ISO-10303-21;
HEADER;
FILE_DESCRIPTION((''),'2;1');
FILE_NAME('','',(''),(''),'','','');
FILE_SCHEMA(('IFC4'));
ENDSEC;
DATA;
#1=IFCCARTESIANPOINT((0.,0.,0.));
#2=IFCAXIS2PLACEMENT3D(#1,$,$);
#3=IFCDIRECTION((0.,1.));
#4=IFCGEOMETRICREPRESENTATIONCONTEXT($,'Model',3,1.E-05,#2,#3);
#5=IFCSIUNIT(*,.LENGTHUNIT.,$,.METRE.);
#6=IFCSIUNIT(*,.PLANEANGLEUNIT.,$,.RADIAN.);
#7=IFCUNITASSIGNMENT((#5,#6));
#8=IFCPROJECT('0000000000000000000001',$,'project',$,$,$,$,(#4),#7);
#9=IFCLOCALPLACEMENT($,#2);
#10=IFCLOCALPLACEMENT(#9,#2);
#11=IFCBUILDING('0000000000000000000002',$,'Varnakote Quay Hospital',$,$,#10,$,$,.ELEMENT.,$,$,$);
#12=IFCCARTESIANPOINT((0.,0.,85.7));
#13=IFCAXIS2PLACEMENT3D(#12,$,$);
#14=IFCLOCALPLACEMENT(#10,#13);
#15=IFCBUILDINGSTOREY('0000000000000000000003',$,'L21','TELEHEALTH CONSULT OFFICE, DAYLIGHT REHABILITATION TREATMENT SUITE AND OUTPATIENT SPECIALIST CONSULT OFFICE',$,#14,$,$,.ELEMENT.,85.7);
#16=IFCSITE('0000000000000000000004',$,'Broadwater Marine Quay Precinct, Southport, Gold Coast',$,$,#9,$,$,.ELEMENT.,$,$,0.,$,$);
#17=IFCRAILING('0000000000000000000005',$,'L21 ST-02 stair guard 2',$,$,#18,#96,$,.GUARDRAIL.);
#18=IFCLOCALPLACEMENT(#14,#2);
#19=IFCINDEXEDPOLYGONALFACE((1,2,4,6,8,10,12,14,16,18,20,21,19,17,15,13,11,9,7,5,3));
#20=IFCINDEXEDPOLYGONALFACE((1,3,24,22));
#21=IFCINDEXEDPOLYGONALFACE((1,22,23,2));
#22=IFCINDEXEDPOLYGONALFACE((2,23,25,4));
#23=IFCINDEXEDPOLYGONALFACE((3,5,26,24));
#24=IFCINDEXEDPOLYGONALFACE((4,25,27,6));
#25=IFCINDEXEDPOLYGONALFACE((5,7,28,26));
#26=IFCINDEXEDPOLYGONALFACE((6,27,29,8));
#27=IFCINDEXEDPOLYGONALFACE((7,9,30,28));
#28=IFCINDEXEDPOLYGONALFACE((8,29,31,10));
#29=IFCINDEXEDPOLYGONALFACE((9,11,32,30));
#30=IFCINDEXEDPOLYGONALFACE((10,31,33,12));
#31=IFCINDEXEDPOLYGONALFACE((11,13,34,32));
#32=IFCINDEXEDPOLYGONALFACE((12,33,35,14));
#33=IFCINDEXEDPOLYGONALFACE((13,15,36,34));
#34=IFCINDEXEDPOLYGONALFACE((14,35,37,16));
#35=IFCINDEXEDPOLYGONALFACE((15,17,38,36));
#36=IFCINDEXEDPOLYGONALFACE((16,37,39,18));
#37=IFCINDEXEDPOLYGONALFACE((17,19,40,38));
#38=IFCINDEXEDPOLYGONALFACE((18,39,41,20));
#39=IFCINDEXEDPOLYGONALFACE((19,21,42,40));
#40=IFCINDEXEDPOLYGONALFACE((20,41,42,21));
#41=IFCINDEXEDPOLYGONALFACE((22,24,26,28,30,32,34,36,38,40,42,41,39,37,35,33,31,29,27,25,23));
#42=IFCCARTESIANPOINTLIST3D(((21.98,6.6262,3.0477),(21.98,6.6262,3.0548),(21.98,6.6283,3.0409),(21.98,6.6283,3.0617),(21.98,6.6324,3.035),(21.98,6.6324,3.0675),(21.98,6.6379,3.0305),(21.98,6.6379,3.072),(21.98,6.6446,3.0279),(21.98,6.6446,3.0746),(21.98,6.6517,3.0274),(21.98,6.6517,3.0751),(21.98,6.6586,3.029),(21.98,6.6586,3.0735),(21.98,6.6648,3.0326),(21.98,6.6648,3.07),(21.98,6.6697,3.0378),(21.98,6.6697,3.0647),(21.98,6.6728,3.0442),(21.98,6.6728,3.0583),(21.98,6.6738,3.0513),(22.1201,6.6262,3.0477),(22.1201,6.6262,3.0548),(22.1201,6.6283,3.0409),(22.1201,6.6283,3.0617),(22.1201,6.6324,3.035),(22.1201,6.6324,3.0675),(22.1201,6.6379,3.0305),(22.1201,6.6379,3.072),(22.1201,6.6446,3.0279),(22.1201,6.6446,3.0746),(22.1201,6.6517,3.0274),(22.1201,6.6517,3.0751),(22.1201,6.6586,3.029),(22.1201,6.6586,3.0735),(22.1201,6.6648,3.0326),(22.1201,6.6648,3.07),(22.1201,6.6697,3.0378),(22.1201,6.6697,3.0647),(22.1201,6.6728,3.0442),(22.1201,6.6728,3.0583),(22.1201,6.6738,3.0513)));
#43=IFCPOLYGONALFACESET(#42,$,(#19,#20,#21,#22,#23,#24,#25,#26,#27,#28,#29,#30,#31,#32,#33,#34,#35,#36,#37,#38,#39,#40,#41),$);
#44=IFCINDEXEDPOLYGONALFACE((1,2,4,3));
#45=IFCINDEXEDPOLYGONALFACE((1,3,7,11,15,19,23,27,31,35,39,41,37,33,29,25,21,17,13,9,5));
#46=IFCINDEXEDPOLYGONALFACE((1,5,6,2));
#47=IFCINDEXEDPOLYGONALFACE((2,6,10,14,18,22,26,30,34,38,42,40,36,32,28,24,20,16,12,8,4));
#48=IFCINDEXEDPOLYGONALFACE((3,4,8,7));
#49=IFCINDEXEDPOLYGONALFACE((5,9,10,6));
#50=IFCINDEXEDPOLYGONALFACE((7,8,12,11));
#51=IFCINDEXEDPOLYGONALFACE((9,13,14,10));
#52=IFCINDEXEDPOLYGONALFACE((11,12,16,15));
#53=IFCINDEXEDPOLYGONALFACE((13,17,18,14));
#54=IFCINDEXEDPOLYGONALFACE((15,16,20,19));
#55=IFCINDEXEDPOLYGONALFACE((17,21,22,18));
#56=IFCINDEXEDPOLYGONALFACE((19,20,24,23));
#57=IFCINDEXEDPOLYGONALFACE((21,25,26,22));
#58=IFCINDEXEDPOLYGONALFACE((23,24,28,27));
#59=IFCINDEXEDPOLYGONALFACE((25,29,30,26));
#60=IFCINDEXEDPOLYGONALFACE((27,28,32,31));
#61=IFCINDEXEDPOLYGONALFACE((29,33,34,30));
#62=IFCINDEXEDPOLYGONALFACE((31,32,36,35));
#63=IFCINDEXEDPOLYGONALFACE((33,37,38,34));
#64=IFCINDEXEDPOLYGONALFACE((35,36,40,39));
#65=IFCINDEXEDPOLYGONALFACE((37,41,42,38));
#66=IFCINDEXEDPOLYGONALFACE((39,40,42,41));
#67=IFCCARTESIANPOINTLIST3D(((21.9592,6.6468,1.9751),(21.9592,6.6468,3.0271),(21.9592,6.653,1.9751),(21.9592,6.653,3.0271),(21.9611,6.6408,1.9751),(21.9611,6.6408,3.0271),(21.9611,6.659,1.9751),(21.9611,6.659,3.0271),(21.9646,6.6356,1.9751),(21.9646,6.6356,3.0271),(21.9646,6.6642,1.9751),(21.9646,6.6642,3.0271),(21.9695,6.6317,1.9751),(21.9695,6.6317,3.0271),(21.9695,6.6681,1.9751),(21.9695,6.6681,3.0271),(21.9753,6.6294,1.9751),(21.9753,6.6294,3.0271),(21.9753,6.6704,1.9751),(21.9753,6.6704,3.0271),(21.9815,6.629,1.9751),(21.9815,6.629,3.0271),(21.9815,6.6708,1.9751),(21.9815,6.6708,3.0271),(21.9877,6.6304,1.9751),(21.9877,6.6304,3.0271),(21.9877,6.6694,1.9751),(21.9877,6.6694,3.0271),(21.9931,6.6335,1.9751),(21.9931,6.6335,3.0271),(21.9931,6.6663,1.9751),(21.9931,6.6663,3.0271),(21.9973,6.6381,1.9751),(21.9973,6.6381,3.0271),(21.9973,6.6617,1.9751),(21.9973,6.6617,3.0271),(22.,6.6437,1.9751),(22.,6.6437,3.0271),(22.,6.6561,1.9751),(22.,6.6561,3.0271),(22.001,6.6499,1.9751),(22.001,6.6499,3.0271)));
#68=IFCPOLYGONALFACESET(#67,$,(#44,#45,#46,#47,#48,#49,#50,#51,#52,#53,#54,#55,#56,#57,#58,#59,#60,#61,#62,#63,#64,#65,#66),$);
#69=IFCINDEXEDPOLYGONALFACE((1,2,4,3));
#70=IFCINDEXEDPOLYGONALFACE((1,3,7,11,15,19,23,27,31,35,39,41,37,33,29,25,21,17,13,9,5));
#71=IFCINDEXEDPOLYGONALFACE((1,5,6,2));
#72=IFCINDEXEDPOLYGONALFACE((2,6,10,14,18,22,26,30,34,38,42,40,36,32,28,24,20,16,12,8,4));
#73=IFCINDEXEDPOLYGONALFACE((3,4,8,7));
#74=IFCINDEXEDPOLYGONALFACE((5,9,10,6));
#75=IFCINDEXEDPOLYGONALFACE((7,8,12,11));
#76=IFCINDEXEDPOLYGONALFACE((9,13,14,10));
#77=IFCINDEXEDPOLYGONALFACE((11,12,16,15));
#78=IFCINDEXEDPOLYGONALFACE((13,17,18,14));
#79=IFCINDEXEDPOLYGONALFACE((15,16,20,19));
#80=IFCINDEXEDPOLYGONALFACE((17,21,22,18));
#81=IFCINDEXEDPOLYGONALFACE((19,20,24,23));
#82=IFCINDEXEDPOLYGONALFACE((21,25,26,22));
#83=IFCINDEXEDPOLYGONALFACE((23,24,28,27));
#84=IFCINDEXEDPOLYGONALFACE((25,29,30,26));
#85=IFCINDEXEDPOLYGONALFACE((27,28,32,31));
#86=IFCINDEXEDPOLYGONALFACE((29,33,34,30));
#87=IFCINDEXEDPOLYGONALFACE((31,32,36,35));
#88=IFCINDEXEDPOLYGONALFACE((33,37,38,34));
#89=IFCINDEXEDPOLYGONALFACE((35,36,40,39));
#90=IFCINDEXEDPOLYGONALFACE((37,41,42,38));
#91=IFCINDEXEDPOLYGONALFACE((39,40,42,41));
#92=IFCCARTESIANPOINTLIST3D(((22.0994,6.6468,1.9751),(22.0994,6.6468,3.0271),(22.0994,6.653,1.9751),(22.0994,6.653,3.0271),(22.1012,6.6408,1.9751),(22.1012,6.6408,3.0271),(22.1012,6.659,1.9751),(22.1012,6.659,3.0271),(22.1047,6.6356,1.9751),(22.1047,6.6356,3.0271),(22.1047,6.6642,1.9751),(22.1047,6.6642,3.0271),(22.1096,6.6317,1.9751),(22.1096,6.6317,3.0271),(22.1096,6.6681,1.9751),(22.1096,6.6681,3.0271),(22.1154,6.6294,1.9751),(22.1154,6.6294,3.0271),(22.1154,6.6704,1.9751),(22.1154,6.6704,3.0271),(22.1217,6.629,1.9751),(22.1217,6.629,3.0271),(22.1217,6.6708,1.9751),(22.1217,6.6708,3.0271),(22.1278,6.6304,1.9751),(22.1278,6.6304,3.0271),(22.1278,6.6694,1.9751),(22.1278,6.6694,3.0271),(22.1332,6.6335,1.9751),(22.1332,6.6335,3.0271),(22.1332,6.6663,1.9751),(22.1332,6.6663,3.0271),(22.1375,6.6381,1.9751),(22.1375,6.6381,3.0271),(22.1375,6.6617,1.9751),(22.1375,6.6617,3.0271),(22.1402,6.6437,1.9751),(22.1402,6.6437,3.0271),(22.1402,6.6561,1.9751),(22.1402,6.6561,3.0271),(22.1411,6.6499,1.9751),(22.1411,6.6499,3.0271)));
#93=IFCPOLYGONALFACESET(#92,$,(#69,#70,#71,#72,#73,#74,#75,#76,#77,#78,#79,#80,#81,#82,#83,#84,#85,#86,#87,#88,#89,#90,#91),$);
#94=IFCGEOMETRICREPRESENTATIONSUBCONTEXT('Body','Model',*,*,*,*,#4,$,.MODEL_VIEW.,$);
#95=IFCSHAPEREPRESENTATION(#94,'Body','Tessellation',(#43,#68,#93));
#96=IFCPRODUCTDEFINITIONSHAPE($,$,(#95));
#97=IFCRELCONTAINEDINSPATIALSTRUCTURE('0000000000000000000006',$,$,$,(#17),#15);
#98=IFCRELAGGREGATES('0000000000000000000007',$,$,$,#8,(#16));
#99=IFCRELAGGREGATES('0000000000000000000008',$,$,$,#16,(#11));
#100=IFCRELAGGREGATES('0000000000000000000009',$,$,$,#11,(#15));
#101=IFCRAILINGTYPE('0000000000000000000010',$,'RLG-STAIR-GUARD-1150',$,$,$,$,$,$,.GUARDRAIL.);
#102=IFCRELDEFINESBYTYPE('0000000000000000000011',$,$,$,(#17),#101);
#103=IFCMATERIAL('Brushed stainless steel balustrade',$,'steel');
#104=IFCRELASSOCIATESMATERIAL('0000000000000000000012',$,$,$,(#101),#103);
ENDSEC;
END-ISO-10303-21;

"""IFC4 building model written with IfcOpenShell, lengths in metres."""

from ifc_helpers import new_model, si_unit, direction, frame, origin, origin_2d, place, context, subcontext, project, spatial, circle, extrude, material, type_object, element, save


model = new_model("IFC4")

# Units and contexts
model_context = context("Model", 3, precision=1e-05, world=origin(), true_north=direction((0.0, 1.0)))
body_context = subcontext(model_context, "Body", "Model", "MODEL_VIEW")
ifc_project = project(units=[si_unit("LENGTHUNIT", "METRE"), si_unit("PLANEANGLEUNIT", "RADIAN")], contexts=[model_context])

# Site, building, storey
site_placement = place(None, origin())
site = spatial("IfcSite", under=ifc_project, at=site_placement, Name="Broadwater Marine Quay Precinct, Southport, Gold Coast", CompositionType="ELEMENT", RefElevation=0.0)
building_placement = place(site_placement, origin())
building = spatial("IfcBuilding", under=site, at=building_placement, Name="Varnakote Quay Hospital", CompositionType="ELEMENT")
storey_placement = place(building_placement, frame((0.0, 0.0, 85.7)))
storey = spatial("IfcBuildingStorey", under=building, at=storey_placement, Name="L21", Description="TELEHEALTH CONSULT OFFICE, DAYLIGHT REHABILITATION TREATMENT SUITE AND OUTPATIENT SPECIALIST CONSULT OFFICE", CompositionType="ELEMENT", Elevation=85.7)

# Railing
ifc_material_1 = material(Name="Brushed stainless steel balustrade", Category="steel")
railing_type_1 = type_object("IfcRailingType", Name="RLG-STAIR-GUARD-1150", PredefinedType="GUARDRAIL", material=ifc_material_1)
railing_1_placement = place(storey_placement, frame((21.98, 6.6499, 1.9751)))
element("IfcRailing", 1, at=railing_1_placement, inside=storey, type_object=railing_type_1, Name="L21 ST-02 stair guard 2", PredefinedType="GUARDRAIL", context=body_context, shape_type="SweptSolid", body=[
    extrude(circle(Radius=0.0239, at=origin_2d()), frame((0.0, 0.0, 1.0762), z_axis=(1.0, 0.0, 0.0), x_axis=(0.0, 1.0, 0.0)), (0.0, 0.0, 1.0), 0.1401),
    extrude(circle(Radius=0.021, at=origin_2d()), origin(), (0.0, 0.0, 1.0), 1.052),
    extrude(circle(Radius=0.021, at=origin_2d()), frame((0.1401, 0.0, 0.0)), (0.0, 0.0, 1.0), 1.052),
])

save(model, "model.ifc")
